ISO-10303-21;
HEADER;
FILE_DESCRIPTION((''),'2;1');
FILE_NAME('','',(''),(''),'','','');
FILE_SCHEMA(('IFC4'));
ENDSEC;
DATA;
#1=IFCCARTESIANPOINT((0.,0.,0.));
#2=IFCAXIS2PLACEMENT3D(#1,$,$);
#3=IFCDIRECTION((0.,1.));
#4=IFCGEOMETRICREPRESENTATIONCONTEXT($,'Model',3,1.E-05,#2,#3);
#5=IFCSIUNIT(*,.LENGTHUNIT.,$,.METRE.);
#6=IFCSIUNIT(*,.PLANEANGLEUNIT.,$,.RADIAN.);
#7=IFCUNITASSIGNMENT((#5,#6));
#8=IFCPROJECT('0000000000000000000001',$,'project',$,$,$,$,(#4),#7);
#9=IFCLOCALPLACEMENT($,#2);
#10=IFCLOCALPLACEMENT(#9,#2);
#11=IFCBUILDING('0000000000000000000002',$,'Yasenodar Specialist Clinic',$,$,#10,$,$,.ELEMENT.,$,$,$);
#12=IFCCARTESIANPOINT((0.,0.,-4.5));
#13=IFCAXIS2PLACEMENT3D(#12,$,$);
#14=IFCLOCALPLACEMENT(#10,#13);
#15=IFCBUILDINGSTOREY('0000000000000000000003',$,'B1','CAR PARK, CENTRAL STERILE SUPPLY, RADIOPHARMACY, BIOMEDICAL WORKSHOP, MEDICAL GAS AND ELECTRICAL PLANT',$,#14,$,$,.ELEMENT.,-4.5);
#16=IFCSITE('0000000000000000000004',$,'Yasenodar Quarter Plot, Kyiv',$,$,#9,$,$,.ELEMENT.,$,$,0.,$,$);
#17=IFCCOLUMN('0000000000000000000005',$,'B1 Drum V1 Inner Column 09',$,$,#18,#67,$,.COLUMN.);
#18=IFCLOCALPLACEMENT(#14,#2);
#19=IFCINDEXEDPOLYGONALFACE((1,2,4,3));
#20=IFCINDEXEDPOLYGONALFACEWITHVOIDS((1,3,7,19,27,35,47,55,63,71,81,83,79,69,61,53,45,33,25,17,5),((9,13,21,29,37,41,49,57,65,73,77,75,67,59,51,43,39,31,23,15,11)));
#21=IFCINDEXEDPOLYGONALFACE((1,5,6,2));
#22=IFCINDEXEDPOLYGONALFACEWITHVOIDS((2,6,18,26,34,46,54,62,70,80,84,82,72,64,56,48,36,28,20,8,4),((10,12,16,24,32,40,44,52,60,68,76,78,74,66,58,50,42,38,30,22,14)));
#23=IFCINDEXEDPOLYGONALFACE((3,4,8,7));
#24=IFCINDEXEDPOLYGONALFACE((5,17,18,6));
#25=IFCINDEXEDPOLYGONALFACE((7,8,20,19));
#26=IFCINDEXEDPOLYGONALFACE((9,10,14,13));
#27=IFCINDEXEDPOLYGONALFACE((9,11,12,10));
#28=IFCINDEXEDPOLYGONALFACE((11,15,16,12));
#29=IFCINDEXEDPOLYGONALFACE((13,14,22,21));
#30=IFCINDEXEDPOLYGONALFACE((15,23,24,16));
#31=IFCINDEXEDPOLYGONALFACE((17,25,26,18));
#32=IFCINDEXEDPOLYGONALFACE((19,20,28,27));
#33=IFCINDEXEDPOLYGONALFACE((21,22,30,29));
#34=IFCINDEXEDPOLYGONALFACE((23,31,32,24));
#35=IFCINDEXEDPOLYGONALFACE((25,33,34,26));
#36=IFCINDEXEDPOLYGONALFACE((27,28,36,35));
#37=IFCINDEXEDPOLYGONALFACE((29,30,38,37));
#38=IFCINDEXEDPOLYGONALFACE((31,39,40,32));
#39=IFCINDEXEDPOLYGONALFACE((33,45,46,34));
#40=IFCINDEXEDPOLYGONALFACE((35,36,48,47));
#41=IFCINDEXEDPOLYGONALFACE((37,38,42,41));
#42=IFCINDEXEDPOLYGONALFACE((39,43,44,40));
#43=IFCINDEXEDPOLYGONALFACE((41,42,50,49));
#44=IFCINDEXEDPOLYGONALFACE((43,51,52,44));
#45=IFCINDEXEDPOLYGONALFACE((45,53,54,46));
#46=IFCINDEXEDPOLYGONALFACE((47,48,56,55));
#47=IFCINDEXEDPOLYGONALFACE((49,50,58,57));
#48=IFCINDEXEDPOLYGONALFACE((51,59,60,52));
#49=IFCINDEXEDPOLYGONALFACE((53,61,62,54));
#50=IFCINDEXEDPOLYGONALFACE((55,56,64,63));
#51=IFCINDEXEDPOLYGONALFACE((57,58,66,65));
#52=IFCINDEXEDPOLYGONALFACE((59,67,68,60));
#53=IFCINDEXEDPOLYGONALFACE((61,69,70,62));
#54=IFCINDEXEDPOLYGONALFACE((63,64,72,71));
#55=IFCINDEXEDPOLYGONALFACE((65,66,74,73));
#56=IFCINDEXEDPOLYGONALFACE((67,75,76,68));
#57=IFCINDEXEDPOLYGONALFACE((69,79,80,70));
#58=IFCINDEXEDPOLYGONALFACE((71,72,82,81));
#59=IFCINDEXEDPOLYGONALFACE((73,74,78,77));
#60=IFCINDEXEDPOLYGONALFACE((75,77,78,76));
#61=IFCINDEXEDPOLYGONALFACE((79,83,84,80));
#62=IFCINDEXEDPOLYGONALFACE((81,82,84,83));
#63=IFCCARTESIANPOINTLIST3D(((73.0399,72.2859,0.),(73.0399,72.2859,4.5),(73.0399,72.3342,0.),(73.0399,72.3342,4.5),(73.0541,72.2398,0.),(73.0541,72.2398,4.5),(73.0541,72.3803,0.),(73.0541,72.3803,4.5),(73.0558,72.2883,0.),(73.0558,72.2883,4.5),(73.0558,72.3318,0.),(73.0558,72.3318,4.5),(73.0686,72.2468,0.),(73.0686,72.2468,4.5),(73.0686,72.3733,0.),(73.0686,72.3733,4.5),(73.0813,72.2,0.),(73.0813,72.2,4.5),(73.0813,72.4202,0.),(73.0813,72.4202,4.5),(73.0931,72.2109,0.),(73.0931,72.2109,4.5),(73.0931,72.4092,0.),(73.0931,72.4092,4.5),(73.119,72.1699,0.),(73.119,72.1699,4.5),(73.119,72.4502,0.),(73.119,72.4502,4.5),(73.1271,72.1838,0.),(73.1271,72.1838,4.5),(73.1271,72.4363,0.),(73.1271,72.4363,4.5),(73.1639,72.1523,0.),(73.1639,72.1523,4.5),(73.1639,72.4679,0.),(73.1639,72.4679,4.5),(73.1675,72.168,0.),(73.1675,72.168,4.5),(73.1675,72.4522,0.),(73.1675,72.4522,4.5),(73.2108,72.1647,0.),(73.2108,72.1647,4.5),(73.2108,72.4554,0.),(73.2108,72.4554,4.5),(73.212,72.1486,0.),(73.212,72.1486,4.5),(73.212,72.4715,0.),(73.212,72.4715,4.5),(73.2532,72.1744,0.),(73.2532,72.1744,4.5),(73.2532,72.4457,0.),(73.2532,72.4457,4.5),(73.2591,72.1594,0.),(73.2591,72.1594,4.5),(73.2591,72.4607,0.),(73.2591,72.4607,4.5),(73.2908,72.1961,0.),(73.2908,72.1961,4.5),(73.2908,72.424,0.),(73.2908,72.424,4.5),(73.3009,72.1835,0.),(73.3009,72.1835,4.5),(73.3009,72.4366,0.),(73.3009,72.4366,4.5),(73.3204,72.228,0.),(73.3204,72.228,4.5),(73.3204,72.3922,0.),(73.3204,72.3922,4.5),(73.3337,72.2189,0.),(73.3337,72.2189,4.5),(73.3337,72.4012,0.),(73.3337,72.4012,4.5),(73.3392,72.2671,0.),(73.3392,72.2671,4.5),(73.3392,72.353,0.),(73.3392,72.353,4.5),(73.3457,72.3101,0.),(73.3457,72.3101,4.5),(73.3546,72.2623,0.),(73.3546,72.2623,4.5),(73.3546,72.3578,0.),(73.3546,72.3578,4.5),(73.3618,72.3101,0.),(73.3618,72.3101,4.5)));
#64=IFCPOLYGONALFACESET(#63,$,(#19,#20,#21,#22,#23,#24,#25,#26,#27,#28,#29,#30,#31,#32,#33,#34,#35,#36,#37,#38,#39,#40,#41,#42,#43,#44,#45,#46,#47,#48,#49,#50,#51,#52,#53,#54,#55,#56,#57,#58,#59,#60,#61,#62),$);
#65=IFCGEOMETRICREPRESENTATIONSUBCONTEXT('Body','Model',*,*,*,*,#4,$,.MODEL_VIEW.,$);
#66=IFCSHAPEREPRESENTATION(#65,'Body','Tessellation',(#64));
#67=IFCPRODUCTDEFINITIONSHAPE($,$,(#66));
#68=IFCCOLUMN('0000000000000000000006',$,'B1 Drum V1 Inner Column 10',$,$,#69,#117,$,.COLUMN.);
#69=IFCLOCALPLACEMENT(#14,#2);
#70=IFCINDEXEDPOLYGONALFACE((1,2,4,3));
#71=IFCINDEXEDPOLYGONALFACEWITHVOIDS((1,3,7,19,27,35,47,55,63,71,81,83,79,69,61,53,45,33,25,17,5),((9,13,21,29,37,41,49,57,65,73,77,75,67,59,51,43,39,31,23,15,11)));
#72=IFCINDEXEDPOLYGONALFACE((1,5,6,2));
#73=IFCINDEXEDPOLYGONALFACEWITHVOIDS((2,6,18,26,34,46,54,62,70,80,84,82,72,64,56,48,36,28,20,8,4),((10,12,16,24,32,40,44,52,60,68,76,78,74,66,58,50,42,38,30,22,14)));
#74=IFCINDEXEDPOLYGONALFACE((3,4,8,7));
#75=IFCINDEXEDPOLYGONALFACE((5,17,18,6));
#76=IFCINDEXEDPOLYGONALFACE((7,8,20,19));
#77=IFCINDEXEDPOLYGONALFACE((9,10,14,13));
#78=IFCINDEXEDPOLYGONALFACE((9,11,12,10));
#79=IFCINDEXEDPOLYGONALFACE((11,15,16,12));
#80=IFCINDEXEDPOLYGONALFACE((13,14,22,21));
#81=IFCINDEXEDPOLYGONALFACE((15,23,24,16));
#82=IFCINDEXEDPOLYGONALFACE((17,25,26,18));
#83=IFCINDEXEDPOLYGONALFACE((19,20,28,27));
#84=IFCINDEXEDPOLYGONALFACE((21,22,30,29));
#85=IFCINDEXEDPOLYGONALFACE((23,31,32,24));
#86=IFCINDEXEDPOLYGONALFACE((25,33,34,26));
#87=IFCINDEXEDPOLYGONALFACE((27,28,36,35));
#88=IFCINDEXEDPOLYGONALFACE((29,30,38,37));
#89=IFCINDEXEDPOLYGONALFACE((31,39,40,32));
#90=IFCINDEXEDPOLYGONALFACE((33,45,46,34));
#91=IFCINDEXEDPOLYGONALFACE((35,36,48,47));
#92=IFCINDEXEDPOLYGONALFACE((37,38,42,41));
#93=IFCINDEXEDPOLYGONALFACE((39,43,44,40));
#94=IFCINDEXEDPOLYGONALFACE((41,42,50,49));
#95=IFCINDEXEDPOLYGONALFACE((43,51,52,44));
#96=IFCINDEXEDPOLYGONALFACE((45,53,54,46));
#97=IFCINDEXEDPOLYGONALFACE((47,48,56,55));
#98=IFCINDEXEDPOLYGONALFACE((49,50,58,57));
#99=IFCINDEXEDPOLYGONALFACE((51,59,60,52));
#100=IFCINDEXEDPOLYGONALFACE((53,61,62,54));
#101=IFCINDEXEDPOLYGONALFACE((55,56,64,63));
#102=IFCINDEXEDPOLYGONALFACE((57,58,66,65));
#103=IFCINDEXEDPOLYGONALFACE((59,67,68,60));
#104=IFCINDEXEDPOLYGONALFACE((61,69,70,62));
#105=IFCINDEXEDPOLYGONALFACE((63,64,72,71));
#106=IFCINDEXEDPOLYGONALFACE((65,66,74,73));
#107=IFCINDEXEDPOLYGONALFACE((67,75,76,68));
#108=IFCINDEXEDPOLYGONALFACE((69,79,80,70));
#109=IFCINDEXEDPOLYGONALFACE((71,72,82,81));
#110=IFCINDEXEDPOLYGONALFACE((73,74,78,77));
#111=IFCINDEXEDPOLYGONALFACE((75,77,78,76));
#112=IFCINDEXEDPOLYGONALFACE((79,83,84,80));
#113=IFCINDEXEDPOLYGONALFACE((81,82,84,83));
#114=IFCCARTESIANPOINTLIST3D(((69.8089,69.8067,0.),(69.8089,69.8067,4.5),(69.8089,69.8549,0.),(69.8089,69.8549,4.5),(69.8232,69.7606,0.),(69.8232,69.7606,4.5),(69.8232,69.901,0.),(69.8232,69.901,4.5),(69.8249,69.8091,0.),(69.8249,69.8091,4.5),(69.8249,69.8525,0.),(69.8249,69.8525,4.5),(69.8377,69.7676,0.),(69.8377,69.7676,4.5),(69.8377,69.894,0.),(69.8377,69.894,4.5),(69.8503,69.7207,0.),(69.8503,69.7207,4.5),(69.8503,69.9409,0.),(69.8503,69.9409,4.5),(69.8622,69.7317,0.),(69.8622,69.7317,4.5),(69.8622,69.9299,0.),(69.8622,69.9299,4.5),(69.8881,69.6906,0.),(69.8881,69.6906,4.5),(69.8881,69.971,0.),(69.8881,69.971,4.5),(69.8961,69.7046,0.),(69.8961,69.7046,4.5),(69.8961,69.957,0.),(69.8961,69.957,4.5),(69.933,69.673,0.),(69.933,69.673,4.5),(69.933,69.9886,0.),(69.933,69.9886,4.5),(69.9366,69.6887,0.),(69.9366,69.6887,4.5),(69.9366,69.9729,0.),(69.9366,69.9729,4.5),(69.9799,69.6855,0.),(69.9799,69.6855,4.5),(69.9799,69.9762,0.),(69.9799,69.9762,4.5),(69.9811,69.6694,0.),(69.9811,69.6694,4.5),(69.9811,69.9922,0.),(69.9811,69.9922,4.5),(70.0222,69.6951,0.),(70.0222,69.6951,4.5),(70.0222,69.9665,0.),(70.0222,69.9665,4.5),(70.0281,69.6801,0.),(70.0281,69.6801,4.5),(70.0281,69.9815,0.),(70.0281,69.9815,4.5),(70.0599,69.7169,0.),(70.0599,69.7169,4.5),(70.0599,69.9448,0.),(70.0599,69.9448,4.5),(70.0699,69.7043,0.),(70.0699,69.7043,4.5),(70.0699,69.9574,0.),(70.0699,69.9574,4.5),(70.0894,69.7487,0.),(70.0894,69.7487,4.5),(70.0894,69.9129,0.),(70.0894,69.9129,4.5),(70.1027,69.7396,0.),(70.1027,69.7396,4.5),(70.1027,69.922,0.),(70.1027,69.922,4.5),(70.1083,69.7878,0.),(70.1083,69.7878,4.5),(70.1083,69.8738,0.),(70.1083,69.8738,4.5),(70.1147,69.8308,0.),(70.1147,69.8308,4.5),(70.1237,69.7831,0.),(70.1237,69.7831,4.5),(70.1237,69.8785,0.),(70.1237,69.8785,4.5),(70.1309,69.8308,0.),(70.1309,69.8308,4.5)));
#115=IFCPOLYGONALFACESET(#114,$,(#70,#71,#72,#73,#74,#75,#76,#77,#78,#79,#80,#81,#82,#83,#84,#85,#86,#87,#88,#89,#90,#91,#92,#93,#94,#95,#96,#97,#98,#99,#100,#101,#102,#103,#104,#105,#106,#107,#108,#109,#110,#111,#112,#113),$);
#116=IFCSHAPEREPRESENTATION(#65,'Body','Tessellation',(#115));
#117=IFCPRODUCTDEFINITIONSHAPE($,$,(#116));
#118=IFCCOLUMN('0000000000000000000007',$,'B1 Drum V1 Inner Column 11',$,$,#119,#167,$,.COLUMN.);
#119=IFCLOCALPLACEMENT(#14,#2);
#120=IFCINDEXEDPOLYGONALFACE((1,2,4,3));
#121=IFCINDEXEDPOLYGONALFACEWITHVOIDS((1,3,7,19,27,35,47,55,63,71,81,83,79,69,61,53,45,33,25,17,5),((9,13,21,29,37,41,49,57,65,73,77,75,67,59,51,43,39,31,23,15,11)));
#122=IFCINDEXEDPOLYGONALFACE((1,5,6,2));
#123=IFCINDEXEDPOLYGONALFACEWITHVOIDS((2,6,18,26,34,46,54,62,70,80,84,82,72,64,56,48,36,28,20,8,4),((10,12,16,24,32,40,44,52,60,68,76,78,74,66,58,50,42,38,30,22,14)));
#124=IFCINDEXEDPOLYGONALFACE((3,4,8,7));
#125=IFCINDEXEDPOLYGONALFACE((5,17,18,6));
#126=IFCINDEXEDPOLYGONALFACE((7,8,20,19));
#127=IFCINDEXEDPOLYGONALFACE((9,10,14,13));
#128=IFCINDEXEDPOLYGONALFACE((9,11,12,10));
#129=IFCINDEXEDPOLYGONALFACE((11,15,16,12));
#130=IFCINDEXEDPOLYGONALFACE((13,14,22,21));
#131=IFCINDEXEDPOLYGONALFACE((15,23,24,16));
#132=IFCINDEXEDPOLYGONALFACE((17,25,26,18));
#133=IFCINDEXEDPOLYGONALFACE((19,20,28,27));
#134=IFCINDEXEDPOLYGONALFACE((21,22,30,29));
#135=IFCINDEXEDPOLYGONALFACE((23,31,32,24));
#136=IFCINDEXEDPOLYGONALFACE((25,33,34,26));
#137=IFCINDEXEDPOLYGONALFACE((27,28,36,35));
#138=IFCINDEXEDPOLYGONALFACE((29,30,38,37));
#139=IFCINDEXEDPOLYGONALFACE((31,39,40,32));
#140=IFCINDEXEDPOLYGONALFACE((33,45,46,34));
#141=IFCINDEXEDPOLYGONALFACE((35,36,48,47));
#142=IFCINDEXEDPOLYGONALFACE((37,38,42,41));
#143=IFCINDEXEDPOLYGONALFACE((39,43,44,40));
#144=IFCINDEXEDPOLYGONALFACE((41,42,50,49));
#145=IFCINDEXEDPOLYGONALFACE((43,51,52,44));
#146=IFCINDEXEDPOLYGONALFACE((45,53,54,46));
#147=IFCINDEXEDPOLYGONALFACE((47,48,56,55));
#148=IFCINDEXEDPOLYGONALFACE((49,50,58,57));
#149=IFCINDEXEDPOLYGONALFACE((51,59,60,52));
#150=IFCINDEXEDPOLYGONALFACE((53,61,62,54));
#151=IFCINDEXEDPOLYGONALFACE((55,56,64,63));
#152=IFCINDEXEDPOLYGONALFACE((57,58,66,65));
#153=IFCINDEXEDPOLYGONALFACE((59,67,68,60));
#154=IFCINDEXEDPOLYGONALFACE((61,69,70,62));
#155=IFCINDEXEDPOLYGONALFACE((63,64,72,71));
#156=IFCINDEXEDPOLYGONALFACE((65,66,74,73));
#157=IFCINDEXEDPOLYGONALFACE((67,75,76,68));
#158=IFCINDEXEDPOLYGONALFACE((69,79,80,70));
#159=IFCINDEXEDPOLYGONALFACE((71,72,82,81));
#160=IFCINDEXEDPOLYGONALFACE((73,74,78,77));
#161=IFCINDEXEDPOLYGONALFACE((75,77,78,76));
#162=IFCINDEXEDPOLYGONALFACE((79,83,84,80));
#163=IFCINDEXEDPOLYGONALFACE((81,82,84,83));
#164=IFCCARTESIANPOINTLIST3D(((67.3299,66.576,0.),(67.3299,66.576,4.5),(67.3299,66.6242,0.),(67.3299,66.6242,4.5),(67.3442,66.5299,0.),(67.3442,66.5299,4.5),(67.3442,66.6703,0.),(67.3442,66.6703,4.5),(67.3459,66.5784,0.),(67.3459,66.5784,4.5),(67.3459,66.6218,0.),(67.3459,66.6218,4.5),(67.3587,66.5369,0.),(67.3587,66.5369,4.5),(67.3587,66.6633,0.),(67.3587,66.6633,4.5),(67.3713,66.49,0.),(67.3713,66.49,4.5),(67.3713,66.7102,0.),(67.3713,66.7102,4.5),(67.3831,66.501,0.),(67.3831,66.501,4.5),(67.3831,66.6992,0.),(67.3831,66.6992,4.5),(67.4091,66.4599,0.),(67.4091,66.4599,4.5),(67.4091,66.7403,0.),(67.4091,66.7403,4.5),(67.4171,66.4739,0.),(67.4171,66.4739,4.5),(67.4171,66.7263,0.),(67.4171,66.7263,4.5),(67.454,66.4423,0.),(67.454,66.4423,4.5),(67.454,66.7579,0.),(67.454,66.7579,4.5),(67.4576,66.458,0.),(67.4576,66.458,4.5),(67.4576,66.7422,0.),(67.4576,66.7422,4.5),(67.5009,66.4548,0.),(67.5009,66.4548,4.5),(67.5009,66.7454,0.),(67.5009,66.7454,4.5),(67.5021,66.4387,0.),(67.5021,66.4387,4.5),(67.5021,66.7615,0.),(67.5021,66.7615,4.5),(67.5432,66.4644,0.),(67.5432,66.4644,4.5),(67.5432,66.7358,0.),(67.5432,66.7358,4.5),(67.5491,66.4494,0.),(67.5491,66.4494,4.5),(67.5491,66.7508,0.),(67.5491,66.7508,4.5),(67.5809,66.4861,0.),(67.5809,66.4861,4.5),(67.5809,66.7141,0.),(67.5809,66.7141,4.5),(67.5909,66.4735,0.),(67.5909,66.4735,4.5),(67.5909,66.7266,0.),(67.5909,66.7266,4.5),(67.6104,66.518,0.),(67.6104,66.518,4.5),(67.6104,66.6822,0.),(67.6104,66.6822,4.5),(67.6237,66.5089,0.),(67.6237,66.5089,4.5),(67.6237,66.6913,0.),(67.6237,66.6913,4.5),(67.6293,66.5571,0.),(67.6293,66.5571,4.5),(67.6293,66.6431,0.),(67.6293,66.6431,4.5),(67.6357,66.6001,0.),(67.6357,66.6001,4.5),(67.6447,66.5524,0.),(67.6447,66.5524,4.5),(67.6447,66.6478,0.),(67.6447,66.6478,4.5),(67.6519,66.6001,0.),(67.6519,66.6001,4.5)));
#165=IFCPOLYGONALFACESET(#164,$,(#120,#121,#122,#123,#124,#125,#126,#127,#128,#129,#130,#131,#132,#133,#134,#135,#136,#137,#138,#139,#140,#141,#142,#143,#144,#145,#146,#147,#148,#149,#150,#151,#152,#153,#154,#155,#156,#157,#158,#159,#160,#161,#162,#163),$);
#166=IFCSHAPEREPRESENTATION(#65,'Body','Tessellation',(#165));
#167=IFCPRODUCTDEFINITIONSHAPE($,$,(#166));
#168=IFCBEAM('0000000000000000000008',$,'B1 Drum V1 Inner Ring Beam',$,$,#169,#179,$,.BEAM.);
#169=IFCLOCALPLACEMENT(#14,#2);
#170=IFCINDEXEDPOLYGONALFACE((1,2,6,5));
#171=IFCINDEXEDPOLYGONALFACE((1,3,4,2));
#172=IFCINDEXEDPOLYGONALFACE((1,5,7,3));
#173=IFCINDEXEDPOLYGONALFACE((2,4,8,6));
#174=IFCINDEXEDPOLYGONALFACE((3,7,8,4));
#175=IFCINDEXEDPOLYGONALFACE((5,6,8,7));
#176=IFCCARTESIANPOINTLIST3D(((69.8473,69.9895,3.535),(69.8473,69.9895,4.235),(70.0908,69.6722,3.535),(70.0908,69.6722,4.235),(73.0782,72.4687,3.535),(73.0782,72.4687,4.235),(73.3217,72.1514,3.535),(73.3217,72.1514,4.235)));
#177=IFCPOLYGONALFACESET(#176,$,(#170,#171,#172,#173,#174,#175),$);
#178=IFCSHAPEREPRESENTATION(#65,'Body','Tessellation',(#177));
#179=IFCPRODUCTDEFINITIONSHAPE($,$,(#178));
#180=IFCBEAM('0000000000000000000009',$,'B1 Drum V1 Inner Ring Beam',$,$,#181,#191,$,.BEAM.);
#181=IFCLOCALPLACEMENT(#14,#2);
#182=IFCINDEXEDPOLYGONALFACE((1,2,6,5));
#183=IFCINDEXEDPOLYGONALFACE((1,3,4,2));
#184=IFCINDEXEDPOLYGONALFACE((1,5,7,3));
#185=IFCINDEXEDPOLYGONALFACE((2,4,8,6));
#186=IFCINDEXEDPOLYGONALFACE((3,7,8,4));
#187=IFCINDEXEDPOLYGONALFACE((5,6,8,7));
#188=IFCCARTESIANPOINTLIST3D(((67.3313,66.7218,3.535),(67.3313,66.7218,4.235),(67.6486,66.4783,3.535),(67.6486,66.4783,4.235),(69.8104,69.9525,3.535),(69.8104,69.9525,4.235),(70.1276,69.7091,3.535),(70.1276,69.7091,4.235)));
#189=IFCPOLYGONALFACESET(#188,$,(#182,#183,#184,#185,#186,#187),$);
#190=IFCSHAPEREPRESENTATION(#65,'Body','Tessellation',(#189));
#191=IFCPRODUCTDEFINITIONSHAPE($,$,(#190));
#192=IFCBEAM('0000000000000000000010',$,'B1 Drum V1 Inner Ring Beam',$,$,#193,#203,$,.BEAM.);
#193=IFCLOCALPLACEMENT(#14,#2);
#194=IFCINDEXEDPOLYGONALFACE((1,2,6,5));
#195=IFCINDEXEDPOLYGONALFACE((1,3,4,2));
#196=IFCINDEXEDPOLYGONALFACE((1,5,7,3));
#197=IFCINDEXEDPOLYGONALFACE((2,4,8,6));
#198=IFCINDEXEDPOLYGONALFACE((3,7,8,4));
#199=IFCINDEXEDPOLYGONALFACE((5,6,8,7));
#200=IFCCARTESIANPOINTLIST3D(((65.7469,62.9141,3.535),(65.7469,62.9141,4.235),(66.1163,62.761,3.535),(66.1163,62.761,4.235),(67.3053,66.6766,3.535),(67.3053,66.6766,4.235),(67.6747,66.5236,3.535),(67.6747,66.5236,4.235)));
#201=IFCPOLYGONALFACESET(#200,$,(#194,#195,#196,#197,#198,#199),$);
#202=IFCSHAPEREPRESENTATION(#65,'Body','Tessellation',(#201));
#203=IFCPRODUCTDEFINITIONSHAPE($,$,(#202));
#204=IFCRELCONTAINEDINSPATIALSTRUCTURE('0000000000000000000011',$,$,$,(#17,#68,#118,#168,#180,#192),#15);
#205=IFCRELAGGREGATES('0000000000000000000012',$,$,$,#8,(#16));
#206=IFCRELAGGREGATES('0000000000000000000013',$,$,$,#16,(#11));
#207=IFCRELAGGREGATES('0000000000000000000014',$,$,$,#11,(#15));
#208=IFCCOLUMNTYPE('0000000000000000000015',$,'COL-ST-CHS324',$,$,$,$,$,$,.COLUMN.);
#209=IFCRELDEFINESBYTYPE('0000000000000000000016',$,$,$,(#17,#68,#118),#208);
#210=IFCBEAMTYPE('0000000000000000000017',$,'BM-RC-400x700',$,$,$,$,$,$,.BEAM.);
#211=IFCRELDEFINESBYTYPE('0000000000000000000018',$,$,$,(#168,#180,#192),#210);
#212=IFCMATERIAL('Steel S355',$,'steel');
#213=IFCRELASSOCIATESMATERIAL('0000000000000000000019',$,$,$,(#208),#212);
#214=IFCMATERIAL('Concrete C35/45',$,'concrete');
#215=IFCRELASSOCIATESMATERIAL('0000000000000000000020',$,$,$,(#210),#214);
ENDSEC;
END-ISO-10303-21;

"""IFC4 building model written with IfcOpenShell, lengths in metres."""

from ifc_helpers import new_model, si_unit, direction, frame, origin, origin_2d, place, context, subcontext, project, spatial, rectangle, hollow_circle, extrude, material, material_profile, profile_set, type_object, element, save


model = new_model("IFC4")

# Units and contexts
model_context = context("Model", 3, precision=1e-05, world=origin(), true_north=direction((0.0, 1.0)))
body_context = subcontext(model_context, "Body", "Model", "MODEL_VIEW")
ifc_project = project(units=[si_unit("LENGTHUNIT", "METRE"), si_unit("PLANEANGLEUNIT", "RADIAN")], contexts=[model_context])

# Site, building, storey
site_placement = place(None, origin())
site = spatial("IfcSite", under=ifc_project, at=site_placement, Name="Yasenodar Quarter Plot, Kyiv", CompositionType="ELEMENT", RefElevation=0.0)
building_placement = place(site_placement, origin())
building = spatial("IfcBuilding", under=site, at=building_placement, Name="Yasenodar Specialist Clinic", CompositionType="ELEMENT")
storey_placement = place(building_placement, frame((0.0, 0.0, -4.5)))
storey = spatial("IfcBuildingStorey", under=building, at=storey_placement, Name="B1", Description="CAR PARK, CENTRAL STERILE SUPPLY, RADIOPHARMACY, BIOMEDICAL WORKSHOP, MEDICAL GAS AND ELECTRICAL PLANT", CompositionType="ELEMENT", Elevation=-4.5)

# Shared definitions
ifc_material_1 = material(Name="Concrete C35/45", Category="concrete")

# Columns
ifc_material_2 = material(Name="Steel S355", Category="steel")
ifc_material_profile_1 = material_profile(ifc_material_2, hollow_circle(Radius=0.1619, WallThickness=0.0161, at=origin_2d()), Name="CHS 323.9x16")
ifc_profile_set_1 = profile_set([ifc_material_profile_1], Name="Steel S355")
column_type = type_object("IfcColumnType", Name="COL-ST-CHS324", PredefinedType="COLUMN", material=ifc_profile_set_1)
for number, where, z_axis, x_axis, name in (
    (1, (73.2, 72.3101, 0.0), (0.0, 0.0, 1.0), (1.0, 0.0, 0.0), "B1 Drum V1 Inner Column 09"),
    (2, (69.969, 69.8308, 0.0), (0.0, 0.0, 1.0), (1.0, 0.0, 0.0), "B1 Drum V1 Inner Column 10"),
    (3, (67.49, 66.6001, 0.0), (0.0, 0.0, 1.0), (1.0, 0.0, 0.0), "B1 Drum V1 Inner Column 11"),
):
    element("IfcColumn", number, at=place(storey_placement, frame(where, z_axis=z_axis, x_axis=x_axis)), inside=storey, type_object=column_type, Name=name, PredefinedType="COLUMN", context=body_context, shape_type="SweptSolid", body=[
        extrude(hollow_circle(Radius=0.1619, WallThickness=0.0161, at=origin_2d()), origin(), (0.0, 0.0, 1.0), 4.5),
    ])

# Beams
ifc_material_profile_2 = material_profile(ifc_material_1, rectangle(XDim=0.3999, YDim=0.7, at=origin_2d()), Name="RC 400x700")
ifc_profile_set_2 = profile_set([ifc_material_profile_2], Name="Concrete C35/45")
beam_type = type_object("IfcBeamType", Name="BM-RC-400x700", PredefinedType="BEAM", material=ifc_profile_set_2)
beam_1_placement = place(storey_placement, frame((73.2, 72.3101, 3.885), z_axis=(-0.793348, -0.608769, 0.0), x_axis=(0.608769, -0.793348, 0.0)))
element("IfcBeam", 4, at=beam_1_placement, inside=storey, type_object=beam_type, Name="B1 Drum V1 Inner Ring Beam", PredefinedType="BEAM", context=body_context, shape_type="SweptSolid", body=[
    extrude(rectangle(XDim=0.3999, YDim=0.7, at=origin_2d()), origin(), (0.0, 0.0, 1.0), 4.0725),
])
beam_2_placement = place(storey_placement, frame((69.969, 69.8308, 3.885), z_axis=(-0.60876, -0.793354, 0.0), x_axis=(0.793354, -0.60876, 0.0)))
element("IfcBeam", 5, at=beam_2_placement, inside=storey, type_object=beam_type, Name="B1 Drum V1 Inner Ring Beam", PredefinedType="BEAM", context=body_context, shape_type="SweptSolid", body=[
    extrude(rectangle(XDim=0.3999, YDim=0.7, at=origin_2d()), origin(), (0.0, 0.0, 1.0), 4.0723),
])
beam_3_placement = place(storey_placement, frame((67.49, 66.6001, 3.885), z_axis=(-0.382661, -0.923889, 0.0), x_axis=(0.923889, -0.382661, 0.0)))
element("IfcBeam", 6, at=beam_3_placement, inside=storey, type_object=beam_type, Name="B1 Drum V1 Inner Ring Beam", PredefinedType="BEAM", context=body_context, shape_type="SweptSolid", body=[
    extrude(rectangle(XDim=0.3999, YDim=0.7, at=origin_2d()), origin(), (0.0, 0.0, 1.0), 4.0725),
])

save(model, "model.ifc")
